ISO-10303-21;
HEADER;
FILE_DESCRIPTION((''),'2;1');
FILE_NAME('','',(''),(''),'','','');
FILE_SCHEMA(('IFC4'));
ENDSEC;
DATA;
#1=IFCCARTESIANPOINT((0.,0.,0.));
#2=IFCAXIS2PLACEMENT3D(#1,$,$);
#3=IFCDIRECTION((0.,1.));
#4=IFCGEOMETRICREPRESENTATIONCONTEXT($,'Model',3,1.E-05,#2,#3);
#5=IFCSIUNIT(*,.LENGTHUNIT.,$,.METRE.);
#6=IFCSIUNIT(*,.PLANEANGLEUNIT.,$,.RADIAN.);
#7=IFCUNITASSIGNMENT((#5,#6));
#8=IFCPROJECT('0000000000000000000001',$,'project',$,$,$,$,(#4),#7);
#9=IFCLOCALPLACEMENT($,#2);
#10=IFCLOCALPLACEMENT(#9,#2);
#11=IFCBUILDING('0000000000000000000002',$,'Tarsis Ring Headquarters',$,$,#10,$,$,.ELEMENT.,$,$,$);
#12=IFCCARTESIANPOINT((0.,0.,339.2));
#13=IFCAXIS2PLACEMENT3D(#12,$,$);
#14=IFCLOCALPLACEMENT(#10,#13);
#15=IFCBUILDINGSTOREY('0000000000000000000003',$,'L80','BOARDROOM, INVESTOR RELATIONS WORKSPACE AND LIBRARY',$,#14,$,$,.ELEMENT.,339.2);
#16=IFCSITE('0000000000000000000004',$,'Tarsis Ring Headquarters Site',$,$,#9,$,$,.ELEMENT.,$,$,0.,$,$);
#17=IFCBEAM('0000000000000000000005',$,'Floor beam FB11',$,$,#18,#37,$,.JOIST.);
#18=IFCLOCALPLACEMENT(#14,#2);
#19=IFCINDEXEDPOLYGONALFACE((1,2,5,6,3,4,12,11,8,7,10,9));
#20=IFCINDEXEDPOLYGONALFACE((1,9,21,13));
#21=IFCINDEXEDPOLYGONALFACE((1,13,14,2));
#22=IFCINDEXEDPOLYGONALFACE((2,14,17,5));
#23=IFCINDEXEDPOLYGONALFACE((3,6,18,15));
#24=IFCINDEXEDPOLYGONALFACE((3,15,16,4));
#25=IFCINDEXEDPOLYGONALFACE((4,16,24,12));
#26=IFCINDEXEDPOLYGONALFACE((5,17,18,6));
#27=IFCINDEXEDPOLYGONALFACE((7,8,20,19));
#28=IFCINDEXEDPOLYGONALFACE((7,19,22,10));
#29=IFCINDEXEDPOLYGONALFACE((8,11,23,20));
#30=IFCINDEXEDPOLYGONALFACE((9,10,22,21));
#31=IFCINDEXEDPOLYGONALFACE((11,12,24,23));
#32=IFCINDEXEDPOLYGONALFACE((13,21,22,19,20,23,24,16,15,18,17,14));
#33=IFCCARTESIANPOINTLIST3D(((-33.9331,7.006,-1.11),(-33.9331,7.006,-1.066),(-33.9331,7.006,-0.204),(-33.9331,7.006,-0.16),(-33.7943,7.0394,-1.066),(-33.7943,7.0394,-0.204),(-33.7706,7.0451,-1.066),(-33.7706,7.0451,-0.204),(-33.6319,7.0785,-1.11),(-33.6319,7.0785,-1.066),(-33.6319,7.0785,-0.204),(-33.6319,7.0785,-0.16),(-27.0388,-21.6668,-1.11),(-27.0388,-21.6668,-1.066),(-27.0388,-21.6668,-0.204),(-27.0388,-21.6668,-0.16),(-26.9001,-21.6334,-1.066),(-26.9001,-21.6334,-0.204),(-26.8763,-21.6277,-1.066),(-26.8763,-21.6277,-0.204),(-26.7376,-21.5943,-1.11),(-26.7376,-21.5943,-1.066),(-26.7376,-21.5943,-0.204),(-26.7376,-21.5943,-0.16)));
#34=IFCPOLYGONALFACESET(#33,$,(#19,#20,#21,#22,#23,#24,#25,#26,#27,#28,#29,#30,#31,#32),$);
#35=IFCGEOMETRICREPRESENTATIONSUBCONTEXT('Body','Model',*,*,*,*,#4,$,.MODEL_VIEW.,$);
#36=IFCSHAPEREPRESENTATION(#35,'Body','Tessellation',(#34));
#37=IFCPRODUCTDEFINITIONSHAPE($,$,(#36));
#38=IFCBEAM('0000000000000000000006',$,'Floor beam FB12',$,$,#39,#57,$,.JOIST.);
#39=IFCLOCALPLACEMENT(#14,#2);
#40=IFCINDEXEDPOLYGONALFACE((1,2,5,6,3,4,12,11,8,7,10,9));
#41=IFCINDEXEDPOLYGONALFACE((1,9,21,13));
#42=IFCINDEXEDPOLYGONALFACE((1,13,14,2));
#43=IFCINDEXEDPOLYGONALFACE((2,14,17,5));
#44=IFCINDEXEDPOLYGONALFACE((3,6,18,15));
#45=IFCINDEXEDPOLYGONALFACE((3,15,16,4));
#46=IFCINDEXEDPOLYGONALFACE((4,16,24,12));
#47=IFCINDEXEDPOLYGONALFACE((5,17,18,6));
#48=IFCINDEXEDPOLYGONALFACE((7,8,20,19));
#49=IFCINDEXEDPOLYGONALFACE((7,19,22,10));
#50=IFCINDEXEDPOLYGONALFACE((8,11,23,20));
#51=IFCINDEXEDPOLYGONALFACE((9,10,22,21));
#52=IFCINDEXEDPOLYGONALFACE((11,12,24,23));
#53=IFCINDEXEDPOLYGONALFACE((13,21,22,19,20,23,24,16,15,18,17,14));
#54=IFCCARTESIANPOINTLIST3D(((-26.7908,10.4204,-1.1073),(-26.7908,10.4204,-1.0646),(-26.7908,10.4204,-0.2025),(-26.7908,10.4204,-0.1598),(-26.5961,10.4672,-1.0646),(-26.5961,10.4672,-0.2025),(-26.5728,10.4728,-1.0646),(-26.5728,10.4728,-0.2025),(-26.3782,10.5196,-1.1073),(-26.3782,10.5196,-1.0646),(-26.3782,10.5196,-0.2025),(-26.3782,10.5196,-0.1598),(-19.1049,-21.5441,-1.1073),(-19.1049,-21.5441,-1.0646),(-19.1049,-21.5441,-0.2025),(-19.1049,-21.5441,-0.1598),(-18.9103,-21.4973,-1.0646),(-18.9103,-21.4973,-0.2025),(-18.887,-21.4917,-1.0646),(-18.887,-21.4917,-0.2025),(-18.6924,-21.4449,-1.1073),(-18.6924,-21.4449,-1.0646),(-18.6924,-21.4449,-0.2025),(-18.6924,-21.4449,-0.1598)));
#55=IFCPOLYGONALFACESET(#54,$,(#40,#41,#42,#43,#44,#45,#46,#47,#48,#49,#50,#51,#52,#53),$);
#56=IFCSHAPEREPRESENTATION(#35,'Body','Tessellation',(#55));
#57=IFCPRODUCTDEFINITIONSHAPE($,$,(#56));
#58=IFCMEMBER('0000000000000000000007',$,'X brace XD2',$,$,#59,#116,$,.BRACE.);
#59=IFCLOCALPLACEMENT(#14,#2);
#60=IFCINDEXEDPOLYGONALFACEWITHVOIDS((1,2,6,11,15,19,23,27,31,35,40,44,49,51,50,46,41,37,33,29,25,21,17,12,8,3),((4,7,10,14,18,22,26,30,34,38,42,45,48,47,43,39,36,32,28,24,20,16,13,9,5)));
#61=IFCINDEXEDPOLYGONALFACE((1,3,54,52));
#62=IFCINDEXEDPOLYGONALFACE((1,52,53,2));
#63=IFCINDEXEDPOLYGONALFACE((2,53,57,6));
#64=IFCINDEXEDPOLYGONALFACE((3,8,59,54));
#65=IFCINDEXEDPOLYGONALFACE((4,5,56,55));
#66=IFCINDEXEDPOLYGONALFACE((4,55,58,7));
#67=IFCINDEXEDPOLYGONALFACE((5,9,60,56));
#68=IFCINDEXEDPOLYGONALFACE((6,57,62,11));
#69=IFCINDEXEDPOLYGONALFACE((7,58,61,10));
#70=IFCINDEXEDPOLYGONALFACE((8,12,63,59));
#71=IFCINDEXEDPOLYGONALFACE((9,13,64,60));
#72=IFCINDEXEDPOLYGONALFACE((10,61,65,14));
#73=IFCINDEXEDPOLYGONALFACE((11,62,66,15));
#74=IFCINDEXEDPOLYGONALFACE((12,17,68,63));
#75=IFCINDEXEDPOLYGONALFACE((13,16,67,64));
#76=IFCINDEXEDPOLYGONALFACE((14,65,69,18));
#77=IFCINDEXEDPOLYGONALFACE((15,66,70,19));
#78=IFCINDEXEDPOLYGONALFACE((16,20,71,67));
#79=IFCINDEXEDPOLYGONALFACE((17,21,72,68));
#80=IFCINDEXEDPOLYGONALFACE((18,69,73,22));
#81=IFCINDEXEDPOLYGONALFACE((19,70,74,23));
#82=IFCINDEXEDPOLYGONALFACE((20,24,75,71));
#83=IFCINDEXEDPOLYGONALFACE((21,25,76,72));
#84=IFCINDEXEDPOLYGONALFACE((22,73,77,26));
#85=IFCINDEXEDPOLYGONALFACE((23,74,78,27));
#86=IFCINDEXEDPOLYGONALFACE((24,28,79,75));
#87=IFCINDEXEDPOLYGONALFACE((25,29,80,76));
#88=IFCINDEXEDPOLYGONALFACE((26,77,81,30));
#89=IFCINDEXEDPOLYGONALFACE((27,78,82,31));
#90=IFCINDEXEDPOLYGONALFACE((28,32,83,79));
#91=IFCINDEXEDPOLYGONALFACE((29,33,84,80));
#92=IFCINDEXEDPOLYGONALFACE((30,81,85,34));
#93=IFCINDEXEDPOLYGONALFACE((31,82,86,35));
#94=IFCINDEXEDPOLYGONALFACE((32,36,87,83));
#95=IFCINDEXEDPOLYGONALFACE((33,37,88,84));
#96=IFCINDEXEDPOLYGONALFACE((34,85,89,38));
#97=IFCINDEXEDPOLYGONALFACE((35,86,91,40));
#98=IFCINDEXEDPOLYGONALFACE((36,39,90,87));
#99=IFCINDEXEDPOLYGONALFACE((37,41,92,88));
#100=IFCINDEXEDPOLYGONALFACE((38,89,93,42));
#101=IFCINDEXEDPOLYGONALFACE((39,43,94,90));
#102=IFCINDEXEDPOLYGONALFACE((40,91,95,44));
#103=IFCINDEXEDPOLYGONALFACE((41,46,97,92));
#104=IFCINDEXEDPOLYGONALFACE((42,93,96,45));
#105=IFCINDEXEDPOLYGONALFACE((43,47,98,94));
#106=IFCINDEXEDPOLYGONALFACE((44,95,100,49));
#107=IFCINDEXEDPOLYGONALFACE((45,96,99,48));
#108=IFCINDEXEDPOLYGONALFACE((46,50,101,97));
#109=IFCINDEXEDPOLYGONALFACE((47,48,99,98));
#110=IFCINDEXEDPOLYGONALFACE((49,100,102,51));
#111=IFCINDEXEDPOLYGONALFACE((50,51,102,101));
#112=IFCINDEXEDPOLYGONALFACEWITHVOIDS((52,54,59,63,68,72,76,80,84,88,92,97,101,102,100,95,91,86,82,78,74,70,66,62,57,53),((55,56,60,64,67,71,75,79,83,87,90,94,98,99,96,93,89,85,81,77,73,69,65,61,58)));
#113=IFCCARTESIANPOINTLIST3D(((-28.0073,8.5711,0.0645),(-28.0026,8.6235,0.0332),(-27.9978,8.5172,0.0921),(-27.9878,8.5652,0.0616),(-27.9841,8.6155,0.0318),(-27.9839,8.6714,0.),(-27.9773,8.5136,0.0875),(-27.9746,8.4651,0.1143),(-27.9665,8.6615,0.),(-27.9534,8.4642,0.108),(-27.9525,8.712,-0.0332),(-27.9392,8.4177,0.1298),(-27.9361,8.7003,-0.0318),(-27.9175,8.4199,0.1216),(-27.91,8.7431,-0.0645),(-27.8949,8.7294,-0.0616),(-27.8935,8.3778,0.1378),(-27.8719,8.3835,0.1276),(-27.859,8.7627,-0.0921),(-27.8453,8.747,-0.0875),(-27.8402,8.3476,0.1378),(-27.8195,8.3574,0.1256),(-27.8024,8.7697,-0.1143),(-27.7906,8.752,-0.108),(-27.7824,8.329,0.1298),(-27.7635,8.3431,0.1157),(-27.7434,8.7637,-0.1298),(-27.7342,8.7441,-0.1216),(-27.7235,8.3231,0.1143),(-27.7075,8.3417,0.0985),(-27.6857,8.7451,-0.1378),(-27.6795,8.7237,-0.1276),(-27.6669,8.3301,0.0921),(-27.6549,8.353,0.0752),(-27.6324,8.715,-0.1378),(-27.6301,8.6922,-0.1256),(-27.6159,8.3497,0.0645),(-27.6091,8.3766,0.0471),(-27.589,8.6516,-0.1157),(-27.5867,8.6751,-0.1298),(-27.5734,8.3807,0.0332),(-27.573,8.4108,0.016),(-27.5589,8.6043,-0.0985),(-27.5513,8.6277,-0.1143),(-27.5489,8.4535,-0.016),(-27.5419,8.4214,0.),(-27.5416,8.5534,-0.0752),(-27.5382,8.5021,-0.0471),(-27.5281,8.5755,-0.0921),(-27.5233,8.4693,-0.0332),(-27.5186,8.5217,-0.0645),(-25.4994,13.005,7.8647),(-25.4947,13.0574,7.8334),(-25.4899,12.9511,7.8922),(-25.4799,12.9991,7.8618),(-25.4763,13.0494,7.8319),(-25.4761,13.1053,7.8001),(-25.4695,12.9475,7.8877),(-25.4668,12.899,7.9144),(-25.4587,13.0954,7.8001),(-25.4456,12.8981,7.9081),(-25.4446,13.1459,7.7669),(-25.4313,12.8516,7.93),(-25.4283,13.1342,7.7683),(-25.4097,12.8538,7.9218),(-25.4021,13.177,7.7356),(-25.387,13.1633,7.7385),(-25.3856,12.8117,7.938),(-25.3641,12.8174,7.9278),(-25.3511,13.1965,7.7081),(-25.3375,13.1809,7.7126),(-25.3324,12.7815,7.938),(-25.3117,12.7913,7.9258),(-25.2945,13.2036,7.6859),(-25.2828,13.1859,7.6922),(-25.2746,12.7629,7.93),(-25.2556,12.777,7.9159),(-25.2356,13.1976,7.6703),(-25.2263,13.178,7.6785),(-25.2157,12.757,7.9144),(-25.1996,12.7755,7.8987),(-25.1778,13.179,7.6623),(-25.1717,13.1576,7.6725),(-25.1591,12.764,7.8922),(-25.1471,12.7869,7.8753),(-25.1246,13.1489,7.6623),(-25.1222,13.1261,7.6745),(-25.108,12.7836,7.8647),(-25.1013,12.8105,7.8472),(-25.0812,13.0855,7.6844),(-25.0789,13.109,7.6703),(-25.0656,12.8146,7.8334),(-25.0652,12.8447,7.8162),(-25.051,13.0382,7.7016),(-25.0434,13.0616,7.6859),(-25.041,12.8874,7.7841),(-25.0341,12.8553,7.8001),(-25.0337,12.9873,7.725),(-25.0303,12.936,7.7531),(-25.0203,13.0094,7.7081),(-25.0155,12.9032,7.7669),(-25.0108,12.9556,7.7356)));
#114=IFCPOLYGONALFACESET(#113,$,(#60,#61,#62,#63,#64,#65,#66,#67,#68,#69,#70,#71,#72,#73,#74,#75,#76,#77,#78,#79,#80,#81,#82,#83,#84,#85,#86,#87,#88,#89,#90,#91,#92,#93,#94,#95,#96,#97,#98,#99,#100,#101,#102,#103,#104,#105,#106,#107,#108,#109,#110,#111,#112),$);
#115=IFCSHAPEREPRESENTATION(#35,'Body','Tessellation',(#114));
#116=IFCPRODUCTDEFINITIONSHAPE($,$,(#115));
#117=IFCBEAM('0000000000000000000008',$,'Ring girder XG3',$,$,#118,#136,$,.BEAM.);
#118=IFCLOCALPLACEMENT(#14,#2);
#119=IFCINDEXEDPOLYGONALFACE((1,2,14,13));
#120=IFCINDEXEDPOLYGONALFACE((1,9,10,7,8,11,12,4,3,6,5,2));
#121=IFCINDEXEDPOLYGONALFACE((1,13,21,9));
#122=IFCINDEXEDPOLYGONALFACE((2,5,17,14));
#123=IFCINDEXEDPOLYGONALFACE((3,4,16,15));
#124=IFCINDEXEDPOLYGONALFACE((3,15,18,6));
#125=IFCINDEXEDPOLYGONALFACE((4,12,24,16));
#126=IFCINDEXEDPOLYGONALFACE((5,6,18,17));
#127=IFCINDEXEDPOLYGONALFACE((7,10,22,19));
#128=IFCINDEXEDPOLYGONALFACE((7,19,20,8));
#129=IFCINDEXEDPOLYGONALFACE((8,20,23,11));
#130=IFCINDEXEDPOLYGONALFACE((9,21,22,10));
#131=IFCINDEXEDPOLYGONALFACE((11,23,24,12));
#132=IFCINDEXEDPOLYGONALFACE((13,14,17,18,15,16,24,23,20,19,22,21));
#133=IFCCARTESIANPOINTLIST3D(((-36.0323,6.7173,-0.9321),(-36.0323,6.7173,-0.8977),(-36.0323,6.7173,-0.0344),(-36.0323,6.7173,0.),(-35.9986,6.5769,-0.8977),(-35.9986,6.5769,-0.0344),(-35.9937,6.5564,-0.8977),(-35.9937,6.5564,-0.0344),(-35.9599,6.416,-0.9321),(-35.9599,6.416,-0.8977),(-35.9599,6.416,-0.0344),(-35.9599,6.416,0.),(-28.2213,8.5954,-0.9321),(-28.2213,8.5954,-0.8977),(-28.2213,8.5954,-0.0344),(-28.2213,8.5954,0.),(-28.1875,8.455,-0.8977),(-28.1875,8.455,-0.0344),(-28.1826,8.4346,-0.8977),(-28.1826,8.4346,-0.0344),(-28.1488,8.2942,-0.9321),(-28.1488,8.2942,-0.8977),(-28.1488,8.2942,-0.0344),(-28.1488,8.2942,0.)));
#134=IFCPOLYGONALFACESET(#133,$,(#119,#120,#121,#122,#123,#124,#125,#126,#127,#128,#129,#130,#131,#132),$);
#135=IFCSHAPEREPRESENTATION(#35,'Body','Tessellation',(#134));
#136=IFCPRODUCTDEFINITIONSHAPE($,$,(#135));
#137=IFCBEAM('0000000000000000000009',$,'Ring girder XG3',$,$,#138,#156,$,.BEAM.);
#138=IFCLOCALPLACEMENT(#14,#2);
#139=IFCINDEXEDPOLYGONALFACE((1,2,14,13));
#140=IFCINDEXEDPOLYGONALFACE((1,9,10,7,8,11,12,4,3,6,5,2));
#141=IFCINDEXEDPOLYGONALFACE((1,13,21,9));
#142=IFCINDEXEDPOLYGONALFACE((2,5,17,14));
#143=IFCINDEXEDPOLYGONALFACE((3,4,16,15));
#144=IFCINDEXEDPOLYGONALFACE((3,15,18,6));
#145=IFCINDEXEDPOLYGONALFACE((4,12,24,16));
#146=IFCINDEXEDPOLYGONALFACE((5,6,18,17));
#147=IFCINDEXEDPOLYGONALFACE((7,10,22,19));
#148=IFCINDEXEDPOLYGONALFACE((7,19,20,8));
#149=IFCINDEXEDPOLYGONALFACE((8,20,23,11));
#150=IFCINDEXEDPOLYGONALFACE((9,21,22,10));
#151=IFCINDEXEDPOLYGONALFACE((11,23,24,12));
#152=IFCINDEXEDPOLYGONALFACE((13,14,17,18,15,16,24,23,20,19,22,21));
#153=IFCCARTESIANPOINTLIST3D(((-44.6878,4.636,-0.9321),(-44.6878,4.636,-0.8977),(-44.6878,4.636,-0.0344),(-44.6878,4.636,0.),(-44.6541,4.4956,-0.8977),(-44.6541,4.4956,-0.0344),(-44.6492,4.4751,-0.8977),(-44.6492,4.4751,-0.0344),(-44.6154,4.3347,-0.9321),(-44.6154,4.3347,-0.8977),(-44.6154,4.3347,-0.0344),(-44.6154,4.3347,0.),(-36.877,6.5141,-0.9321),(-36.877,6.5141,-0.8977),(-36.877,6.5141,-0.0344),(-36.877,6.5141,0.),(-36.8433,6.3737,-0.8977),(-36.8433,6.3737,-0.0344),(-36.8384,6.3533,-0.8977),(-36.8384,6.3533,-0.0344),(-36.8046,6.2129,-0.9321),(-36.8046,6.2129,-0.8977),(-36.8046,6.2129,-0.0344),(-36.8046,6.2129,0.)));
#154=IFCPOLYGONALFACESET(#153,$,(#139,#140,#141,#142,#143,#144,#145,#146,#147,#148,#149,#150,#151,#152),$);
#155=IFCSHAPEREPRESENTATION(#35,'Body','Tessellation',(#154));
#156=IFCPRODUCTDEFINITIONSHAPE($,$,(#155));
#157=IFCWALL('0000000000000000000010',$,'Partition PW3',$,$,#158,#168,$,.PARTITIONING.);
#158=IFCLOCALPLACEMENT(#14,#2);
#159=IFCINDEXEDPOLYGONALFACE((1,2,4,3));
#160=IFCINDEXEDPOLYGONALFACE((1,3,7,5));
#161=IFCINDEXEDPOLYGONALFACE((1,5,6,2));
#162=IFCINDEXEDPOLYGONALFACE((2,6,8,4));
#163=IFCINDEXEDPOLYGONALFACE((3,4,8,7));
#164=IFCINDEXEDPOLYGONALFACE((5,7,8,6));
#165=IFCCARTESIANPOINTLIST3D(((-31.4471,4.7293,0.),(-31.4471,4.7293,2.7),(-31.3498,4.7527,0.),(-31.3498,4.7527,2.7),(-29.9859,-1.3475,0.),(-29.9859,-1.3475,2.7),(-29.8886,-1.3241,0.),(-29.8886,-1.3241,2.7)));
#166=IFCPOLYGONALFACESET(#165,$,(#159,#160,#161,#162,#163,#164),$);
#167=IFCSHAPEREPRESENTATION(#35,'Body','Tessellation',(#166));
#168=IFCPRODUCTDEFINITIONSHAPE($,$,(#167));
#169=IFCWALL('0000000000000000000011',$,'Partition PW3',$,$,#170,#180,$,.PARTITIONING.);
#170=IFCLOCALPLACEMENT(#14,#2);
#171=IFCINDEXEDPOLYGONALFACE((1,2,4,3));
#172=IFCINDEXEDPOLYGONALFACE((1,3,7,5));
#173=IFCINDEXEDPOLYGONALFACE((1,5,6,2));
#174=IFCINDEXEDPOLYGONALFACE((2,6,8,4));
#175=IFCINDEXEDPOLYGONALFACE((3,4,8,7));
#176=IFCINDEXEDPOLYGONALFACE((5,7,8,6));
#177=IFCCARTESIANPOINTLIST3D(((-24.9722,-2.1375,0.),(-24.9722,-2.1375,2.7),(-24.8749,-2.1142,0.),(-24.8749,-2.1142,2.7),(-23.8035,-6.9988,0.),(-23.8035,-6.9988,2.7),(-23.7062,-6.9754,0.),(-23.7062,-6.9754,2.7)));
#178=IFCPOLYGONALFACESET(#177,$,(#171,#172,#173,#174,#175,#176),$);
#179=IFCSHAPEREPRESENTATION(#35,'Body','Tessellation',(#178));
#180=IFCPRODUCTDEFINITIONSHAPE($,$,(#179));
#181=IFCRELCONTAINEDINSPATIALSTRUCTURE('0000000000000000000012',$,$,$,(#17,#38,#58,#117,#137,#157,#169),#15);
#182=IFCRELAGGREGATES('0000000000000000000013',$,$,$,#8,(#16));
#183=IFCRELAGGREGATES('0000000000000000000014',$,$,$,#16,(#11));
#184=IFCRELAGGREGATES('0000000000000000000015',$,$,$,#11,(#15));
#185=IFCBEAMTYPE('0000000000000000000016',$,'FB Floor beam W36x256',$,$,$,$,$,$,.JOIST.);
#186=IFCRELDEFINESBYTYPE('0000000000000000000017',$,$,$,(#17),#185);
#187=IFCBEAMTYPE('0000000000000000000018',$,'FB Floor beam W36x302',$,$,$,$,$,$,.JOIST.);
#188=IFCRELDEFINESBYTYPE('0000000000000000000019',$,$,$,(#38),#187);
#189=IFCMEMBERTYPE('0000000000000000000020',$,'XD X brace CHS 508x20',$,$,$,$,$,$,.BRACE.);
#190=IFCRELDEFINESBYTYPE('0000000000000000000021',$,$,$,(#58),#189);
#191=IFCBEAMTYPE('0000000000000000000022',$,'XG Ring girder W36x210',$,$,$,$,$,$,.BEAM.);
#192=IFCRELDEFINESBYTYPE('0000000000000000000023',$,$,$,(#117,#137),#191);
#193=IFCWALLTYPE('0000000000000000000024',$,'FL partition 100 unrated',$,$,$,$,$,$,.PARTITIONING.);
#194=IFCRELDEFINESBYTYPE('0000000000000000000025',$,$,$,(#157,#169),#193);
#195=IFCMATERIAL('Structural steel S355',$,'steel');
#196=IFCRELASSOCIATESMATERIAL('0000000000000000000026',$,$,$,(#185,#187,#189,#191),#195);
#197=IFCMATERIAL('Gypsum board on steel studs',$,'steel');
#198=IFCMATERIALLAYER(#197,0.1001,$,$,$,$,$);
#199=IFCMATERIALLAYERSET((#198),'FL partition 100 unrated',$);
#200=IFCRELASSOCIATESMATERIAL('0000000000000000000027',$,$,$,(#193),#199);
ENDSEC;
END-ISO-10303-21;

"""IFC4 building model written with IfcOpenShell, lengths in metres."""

from ifc_helpers import new_model, si_unit, direction, frame, frame_2d, origin, origin_2d, place, context, subcontext, project, spatial, rectangle, hollow_circle, i_section, extrude, material, layer, layer_set, material_profile, profile_set, type_object, element, save


model = new_model("IFC4")

# Units and contexts
model_context = context("Model", 3, precision=1e-05, world=origin(), true_north=direction((0.0, 1.0)))
body_context = subcontext(model_context, "Body", "Model", "MODEL_VIEW")
ifc_project = project(units=[si_unit("LENGTHUNIT", "METRE"), si_unit("PLANEANGLEUNIT", "RADIAN")], contexts=[model_context])

# Site, building, storey
site_placement = place(None, origin())
site = spatial("IfcSite", under=ifc_project, at=site_placement, Name="Tarsis Ring Headquarters Site", CompositionType="ELEMENT", RefElevation=0.0)
building_placement = place(site_placement, origin())
building = spatial("IfcBuilding", under=site, at=building_placement, Name="Tarsis Ring Headquarters", CompositionType="ELEMENT")
storey_placement = place(building_placement, frame((0.0, 0.0, 339.2)))
storey = spatial("IfcBuildingStorey", under=building, at=storey_placement, Name="L80", Description="BOARDROOM, INVESTOR RELATIONS WORKSPACE AND LIBRARY", CompositionType="ELEMENT", Elevation=339.2)

# Shared definitions
ifc_material_1 = material(Name="Structural steel S355", Category="steel")

# Beams
ifc_material_profile_1 = material_profile(ifc_material_1, i_section(OverallWidth=0.3098, OverallDepth=0.95, WebThickness=0.0244, FlangeThickness=0.0439, at=origin_2d()), Name="W36x256")
ifc_profile_set_1 = profile_set([ifc_material_profile_1], Name="Structural steel S355")
beam_type_1 = type_object("IfcBeamType", Name="FB Floor beam W36x256", PredefinedType="JOIST", material=ifc_profile_set_1)
beam_1_placement = place(storey_placement, frame((-33.7825, 7.0422, -0.635), z_axis=(0.233783, -0.972289, 0.0), x_axis=(0.972289, 0.233783, 0.0)))
element("IfcBeam", 1, at=beam_1_placement, inside=storey, type_object=beam_type_1, Name="Floor beam FB11", PredefinedType="JOIST", context=body_context, shape_type="SweptSolid", body=[
    extrude(i_section(OverallWidth=0.3098, OverallDepth=0.95, WebThickness=0.0244, FlangeThickness=0.0439, at=origin_2d()), origin(), (0.0, 0.0, 1.0), 29.49),
])
ifc_material_profile_2 = material_profile(ifc_material_1, i_section(OverallWidth=0.4243, OverallDepth=0.9475, WebThickness=0.0239, FlangeThickness=0.0427, at=origin_2d()), Name="W36x302")
ifc_profile_set_2 = profile_set([ifc_material_profile_2], Name="Structural steel S355")
beam_type_2 = type_object("IfcBeamType", Name="FB Floor beam W36x302", PredefinedType="JOIST", material=ifc_profile_set_2)
beam_2_placement = place(storey_placement, frame((-26.5845, 10.47, -0.6335), z_axis=(0.233786, -0.972288, 0.0), x_axis=(0.972288, 0.233786, 0.0)))
element("IfcBeam", 2, at=beam_2_placement, inside=storey, type_object=beam_type_2, Name="Floor beam FB12", PredefinedType="JOIST", context=body_context, shape_type="SweptSolid", body=[
    extrude(i_section(OverallWidth=0.4243, OverallDepth=0.9475, WebThickness=0.0239, FlangeThickness=0.0427, at=origin_2d()), origin(), (0.0, 0.0, 1.0), 32.8755),
])

# Member
ifc_material_profile_3 = material_profile(ifc_material_1, hollow_circle(Radius=0.2539, WallThickness=0.02, at=origin_2d()), Name="CHS 508x20")
ifc_profile_set_3 = profile_set([ifc_material_profile_3], Name="Structural steel S355")
member_type = type_object("IfcMemberType", Name="XD X brace CHS 508x20", PredefinedType="BRACE", material=ifc_profile_set_3)
member_placement = place(storey_placement, frame((-27.7629, 8.5464, 0.0), z_axis=(0.269193, 0.475935, 0.83727), x_axis=(-0.870417, 0.492315, 0.0)))
element("IfcMember", 3, at=member_placement, inside=storey, type_object=member_type, Name="X brace XD2", PredefinedType="BRACE", context=body_context, shape_type="SweptSolid", body=[
    extrude(hollow_circle(Radius=0.2539, WallThickness=0.02, at=origin_2d()), origin(), (0.0, 0.0, 1.0), 9.3162),
])

# Beams
ifc_material_profile_4 = material_profile(ifc_material_1, i_section(OverallWidth=0.3098, OverallDepth=0.9321, WebThickness=0.021, FlangeThickness=0.0344, at=origin_2d()), Name="W36x210")
ifc_profile_set_4 = profile_set([ifc_material_profile_4], Name="Structural steel S355")
beam_type_3 = type_object("IfcBeamType", Name="XG Ring girder W36x210", PredefinedType="BEAM", material=ifc_profile_set_4)
beam_3_placement = place(storey_placement, frame((-28.1851, 8.4448, -0.4661), z_axis=(-0.972288, -0.233788, 0.0), x_axis=(0.233788, -0.972288, 0.0)))
element("IfcBeam", 4, at=beam_3_placement, inside=storey, type_object=beam_type_3, Name="Ring girder XG3", PredefinedType="BEAM", context=body_context, shape_type="SweptSolid", body=[
    extrude(i_section(OverallWidth=0.3098, OverallDepth=0.9321, WebThickness=0.021, FlangeThickness=0.0344, at=origin_2d()), origin(), (0.0, 0.0, 1.0), 8.0337),
])
beam_4_placement = place(storey_placement, frame((-36.8408, 6.3635, -0.4661), z_axis=(-0.972286, -0.233795, 0.0), x_axis=(0.233795, -0.972286, 0.0)))
element("IfcBeam", 5, at=beam_4_placement, inside=storey, type_object=beam_type_3, Name="Ring girder XG3", PredefinedType="BEAM", context=body_context, shape_type="SweptSolid", body=[
    extrude(i_section(OverallWidth=0.3098, OverallDepth=0.9321, WebThickness=0.021, FlangeThickness=0.0344, at=origin_2d()), origin(), (0.0, 0.0, 1.0), 8.0334),
])

# Walls
ifc_material_2 = material(Name="Gypsum board on steel studs", Category="steel")
ifc_layer_1 = layer(ifc_material_2, 0.1001)
ifc_layer_set_1 = layer_set([ifc_layer_1], Name="FL partition 100 unrated")
wall_type_1 = type_object("IfcWallType", Name="FL partition 100 unrated", PredefinedType="PARTITIONING", material=ifc_layer_set_1)
wall_1_placement = place(storey_placement, frame((-31.3984, 4.741, 0.0), z_axis=(0.0, 0.0, 1.0), x_axis=(0.233785, -0.972288, 0.0)))
element("IfcWall", 6, at=wall_1_placement, inside=storey, type_object=wall_type_1, Name="Partition PW3", PredefinedType="PARTITIONING", context=body_context, shape_type="SweptSolid", body=[
    extrude(rectangle(XDim=6.25, YDim=0.1001, at=frame_2d((3.125, 0.0))), origin(), (0.0, 0.0, 1.0), 2.7),
])
wall_2_placement = place(storey_placement, frame((-24.9236, -2.1257, 0.0), z_axis=(0.0, 0.0, 1.0), x_axis=(0.233748, -0.972297, 0.0)))
element("IfcWall", 7, at=wall_2_placement, inside=storey, type_object=wall_type_1, Name="Partition PW3", PredefinedType="PARTITIONING", context=body_context, shape_type="SweptSolid", body=[
    extrude(rectangle(XDim=4.9998, YDim=0.1001, at=frame_2d((2.5, 0.0))), origin(), (0.0, 0.0, 1.0), 2.7),
])

save(model, "model.ifc")
